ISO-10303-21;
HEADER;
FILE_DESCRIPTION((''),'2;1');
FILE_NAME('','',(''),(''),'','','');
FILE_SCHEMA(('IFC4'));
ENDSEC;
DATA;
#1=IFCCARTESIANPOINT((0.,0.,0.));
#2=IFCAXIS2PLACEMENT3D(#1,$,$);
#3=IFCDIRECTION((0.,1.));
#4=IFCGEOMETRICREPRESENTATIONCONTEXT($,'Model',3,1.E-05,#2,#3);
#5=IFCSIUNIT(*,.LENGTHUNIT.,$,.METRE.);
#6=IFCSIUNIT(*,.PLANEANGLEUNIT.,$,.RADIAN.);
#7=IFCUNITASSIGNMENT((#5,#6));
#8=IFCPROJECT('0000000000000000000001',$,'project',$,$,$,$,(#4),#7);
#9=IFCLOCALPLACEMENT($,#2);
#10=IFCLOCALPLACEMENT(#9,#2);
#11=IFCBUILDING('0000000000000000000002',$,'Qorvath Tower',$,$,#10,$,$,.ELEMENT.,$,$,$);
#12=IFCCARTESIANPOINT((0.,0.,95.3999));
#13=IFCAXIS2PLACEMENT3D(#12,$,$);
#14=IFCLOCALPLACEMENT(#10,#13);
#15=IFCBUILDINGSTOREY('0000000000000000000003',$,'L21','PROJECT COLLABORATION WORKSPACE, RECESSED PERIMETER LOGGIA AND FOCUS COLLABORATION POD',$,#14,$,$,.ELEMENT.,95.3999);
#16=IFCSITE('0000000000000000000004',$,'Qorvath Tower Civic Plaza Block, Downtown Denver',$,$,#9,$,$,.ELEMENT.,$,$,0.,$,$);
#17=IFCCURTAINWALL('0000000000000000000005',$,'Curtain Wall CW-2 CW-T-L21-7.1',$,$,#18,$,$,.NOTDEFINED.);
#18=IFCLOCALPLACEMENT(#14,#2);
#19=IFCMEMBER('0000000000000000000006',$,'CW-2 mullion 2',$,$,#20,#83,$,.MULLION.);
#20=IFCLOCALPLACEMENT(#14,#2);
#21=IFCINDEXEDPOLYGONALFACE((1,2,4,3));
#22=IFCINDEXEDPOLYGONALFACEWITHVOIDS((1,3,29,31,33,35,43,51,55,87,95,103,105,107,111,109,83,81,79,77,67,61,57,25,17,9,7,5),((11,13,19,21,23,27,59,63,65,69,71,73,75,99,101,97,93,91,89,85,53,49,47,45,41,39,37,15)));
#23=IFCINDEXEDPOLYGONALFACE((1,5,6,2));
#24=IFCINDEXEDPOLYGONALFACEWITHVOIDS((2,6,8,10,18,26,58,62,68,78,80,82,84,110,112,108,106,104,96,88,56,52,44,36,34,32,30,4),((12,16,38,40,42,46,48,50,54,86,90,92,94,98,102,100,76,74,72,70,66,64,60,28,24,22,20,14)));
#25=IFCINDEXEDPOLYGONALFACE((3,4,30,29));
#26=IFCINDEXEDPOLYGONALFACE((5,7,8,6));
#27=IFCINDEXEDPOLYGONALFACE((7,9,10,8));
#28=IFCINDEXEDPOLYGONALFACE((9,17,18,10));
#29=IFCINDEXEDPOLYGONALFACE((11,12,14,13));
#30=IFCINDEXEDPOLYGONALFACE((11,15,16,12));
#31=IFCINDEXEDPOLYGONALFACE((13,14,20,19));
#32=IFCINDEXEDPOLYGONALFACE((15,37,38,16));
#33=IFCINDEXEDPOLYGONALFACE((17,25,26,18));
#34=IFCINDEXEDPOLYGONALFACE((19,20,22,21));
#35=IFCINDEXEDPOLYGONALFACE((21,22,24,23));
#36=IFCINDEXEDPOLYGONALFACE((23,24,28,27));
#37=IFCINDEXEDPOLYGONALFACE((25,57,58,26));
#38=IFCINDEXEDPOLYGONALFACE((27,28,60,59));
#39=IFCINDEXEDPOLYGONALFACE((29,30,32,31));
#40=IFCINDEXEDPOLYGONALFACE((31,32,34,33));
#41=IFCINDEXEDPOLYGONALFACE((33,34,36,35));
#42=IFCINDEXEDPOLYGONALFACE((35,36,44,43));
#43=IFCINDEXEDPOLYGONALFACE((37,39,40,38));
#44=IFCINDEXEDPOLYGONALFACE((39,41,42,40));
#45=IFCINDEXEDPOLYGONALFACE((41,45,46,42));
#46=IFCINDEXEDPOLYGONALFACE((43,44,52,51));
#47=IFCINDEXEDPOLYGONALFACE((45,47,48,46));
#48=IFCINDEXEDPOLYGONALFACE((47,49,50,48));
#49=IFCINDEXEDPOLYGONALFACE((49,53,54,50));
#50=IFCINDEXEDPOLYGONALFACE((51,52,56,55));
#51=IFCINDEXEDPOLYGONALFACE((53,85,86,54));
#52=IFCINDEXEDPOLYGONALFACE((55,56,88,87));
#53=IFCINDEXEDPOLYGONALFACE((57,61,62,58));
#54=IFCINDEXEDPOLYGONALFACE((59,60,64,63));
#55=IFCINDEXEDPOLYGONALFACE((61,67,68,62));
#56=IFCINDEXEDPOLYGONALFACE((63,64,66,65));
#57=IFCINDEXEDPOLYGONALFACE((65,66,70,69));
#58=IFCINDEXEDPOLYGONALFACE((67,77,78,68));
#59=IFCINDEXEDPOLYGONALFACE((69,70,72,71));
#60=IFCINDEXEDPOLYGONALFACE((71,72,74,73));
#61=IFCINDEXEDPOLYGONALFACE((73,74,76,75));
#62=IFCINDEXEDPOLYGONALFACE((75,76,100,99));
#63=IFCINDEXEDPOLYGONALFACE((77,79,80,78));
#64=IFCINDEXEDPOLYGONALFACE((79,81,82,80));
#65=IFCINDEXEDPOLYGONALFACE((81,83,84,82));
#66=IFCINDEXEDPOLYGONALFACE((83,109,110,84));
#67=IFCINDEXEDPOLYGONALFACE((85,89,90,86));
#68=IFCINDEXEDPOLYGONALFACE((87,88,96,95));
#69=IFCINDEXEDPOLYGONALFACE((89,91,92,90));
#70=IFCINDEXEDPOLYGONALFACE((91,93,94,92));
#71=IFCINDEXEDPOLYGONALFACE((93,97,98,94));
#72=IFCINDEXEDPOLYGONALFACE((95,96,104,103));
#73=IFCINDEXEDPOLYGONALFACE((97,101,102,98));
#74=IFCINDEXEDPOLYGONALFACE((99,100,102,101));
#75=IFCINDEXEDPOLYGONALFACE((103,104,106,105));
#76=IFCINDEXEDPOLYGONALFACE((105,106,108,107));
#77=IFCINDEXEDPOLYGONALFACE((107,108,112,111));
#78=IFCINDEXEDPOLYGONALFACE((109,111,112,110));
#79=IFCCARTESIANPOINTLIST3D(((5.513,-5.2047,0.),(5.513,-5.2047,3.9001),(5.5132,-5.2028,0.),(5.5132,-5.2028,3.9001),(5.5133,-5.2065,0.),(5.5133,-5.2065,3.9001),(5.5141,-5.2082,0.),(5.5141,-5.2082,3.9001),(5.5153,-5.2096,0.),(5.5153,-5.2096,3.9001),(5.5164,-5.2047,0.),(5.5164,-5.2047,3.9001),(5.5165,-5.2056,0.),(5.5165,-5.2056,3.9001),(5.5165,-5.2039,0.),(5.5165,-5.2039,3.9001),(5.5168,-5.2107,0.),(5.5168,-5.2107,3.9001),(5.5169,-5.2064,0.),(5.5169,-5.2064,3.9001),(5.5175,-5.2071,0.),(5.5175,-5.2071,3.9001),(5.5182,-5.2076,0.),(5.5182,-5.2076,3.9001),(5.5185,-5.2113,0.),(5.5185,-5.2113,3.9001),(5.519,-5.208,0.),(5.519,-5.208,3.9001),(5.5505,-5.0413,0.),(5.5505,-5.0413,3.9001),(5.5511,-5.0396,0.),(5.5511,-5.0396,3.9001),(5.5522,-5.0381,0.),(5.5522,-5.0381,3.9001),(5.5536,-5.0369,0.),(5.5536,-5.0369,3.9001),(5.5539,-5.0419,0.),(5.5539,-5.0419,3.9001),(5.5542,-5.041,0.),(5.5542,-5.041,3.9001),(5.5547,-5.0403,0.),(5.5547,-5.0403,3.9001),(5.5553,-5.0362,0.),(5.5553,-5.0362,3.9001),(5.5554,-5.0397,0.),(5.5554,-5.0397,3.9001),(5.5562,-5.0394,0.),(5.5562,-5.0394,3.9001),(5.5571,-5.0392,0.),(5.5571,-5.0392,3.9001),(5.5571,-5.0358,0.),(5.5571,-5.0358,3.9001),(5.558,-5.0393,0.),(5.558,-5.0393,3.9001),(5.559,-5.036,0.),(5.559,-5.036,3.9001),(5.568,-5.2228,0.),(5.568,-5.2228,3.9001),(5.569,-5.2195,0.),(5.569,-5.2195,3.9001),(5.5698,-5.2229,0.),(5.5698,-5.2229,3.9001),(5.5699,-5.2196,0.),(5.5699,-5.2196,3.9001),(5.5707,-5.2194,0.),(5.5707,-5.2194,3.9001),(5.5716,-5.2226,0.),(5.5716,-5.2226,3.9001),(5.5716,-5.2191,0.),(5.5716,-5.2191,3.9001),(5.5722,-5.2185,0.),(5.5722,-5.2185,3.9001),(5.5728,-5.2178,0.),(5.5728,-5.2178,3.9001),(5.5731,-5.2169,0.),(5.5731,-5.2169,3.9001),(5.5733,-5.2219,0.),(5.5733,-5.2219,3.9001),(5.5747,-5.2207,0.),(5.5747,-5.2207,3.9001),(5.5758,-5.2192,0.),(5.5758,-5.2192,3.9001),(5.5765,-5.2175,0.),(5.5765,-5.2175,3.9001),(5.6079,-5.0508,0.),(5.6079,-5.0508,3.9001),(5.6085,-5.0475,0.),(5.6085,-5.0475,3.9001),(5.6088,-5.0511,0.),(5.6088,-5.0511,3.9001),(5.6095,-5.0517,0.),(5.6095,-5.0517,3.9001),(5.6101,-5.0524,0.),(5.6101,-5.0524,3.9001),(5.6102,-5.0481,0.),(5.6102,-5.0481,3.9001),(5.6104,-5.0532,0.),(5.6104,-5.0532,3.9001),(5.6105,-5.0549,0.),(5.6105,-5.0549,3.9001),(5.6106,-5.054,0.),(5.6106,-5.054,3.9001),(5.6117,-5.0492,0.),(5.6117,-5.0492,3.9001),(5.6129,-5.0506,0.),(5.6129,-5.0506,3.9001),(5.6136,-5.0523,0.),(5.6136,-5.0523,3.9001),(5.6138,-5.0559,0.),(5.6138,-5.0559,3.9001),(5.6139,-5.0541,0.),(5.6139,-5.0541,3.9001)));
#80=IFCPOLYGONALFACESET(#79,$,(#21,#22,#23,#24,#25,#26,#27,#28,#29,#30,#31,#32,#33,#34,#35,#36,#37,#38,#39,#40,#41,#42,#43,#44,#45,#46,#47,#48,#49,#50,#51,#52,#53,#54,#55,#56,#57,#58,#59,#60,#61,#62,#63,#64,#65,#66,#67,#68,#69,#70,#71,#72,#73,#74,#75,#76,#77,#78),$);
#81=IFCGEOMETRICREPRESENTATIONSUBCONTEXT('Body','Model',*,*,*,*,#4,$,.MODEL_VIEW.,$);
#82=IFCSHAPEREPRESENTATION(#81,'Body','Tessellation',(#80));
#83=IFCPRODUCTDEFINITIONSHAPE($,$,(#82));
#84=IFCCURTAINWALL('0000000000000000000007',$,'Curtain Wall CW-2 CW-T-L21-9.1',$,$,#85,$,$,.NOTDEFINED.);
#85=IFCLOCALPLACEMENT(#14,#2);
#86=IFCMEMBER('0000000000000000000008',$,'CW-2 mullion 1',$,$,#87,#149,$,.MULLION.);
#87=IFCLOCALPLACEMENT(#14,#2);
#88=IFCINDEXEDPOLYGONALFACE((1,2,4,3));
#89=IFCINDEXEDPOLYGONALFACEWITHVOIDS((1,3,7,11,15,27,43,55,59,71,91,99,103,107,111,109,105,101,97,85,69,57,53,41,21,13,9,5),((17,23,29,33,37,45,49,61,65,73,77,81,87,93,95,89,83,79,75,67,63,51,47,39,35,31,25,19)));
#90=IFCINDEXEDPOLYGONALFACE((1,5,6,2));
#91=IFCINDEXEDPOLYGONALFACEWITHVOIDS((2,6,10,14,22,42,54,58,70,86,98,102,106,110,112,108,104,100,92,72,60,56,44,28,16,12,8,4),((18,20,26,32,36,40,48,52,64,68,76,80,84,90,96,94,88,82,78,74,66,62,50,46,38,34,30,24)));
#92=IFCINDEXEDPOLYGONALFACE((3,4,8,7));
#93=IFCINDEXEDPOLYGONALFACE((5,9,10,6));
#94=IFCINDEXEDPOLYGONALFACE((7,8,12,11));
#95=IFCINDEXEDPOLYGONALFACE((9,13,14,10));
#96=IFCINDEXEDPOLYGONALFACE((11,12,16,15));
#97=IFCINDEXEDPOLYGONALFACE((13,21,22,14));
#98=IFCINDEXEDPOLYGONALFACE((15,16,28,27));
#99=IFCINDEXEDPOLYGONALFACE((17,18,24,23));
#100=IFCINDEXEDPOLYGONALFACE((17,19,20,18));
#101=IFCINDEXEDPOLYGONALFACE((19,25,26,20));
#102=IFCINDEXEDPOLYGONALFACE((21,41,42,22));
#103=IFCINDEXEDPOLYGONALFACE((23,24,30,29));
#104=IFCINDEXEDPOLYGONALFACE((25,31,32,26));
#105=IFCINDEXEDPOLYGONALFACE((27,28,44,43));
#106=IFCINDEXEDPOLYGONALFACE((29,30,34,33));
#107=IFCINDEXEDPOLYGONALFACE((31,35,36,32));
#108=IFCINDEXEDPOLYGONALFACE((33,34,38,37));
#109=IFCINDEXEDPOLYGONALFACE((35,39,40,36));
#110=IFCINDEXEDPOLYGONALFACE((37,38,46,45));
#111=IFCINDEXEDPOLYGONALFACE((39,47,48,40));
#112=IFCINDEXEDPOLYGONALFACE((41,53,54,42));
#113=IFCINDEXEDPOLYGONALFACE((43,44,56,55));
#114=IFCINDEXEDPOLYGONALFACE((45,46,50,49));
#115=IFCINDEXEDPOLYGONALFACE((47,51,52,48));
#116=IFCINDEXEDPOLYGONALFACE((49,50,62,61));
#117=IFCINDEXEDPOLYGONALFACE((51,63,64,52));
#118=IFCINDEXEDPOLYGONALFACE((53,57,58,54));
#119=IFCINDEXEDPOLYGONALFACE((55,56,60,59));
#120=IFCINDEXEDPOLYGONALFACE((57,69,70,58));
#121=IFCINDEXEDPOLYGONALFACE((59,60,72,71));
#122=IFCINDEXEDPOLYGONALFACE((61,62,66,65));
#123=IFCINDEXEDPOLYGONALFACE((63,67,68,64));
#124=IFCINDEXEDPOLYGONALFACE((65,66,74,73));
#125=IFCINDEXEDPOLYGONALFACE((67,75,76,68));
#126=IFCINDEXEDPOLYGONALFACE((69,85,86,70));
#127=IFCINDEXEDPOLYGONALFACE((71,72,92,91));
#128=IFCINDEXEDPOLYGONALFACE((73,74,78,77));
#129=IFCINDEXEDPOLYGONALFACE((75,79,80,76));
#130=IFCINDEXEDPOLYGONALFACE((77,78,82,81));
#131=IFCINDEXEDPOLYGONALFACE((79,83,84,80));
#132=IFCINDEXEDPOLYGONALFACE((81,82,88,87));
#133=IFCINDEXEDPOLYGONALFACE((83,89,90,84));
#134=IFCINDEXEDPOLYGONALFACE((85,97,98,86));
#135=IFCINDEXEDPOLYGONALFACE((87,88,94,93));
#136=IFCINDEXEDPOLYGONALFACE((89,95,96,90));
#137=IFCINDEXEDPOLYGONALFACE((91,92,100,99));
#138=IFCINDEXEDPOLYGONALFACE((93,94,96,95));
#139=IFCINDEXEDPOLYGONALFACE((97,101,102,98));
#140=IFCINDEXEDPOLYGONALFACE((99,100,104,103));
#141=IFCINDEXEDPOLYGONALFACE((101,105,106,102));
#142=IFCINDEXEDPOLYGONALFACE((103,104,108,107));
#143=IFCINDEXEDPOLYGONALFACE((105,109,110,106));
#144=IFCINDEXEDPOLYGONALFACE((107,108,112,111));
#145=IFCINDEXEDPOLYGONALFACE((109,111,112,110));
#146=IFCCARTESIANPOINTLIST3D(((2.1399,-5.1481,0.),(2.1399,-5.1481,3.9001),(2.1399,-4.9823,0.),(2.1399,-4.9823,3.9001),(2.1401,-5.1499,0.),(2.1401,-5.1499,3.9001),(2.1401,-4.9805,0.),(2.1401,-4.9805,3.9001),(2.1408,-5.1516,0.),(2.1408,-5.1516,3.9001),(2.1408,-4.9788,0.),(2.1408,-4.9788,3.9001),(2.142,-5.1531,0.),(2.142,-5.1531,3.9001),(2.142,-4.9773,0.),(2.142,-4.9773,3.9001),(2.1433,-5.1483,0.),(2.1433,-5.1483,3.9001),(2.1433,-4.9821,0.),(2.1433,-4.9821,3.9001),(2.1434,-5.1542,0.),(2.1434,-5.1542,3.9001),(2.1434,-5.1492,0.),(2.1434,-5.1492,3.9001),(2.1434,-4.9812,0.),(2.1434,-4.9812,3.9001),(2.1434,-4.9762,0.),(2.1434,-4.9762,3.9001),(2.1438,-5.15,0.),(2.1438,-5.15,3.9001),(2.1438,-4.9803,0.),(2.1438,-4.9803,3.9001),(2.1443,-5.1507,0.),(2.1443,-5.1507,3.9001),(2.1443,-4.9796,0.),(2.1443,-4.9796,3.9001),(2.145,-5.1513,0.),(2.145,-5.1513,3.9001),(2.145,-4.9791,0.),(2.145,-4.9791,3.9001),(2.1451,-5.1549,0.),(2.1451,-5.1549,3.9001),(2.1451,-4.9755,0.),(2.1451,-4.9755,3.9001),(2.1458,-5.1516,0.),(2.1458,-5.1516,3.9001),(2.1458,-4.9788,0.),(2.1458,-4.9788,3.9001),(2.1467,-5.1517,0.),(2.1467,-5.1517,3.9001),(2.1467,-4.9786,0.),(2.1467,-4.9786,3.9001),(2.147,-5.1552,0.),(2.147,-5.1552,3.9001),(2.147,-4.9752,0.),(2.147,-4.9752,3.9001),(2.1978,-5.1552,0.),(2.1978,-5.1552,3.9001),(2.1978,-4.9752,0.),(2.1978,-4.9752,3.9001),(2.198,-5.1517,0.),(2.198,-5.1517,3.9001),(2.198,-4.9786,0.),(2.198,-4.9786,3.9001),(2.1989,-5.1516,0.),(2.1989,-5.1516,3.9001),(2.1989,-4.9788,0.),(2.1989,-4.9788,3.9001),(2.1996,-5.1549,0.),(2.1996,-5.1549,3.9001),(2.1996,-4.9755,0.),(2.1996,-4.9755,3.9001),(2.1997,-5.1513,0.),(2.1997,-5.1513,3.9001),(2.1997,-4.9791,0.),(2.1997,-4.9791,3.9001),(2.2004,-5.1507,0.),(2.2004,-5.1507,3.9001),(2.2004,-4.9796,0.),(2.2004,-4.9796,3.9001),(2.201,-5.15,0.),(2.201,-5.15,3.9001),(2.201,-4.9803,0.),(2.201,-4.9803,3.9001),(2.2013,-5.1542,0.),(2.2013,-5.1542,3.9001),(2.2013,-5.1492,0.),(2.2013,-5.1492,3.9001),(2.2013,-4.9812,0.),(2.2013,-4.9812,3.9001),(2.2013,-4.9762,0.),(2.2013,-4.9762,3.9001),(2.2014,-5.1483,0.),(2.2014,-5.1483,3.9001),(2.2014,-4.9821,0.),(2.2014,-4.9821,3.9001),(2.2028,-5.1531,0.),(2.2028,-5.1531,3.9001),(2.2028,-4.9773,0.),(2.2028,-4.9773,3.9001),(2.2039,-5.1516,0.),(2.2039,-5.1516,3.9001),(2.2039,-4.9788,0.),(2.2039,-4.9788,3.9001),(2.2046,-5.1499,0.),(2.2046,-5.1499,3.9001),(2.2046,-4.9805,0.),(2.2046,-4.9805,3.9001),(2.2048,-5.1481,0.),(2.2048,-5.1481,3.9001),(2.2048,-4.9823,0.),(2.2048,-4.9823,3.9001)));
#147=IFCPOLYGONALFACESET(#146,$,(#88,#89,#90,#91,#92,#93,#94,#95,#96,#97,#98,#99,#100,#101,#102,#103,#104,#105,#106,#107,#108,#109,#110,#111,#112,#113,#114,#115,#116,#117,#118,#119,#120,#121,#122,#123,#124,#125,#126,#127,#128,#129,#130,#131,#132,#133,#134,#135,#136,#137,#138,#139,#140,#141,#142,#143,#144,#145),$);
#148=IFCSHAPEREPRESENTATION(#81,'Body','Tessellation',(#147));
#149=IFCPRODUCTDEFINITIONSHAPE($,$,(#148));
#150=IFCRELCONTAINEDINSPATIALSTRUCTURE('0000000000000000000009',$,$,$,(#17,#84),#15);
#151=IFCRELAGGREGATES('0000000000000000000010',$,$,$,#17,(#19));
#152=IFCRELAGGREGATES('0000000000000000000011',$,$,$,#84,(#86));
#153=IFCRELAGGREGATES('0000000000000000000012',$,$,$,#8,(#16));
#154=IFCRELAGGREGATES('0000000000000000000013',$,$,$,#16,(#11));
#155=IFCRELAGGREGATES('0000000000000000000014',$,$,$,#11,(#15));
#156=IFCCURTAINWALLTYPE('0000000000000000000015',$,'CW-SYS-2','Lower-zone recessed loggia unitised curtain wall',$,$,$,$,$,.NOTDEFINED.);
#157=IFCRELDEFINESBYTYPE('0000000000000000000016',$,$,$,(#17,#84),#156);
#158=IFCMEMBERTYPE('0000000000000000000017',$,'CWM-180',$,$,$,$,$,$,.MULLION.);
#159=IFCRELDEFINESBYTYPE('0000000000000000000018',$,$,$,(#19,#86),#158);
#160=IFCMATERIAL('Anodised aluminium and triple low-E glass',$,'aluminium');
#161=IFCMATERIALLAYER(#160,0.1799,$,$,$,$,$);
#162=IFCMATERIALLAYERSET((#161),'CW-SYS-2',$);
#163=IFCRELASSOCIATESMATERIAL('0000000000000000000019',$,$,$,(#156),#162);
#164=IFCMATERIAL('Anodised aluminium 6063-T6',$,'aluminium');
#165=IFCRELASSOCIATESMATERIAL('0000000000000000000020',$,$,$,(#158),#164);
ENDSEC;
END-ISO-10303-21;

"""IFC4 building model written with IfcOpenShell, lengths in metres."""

from ifc_helpers import new_model, si_unit, direction, frame, origin, origin_2d, place, context, subcontext, project, spatial, hollow_rectangle, extrude, material, layer, layer_set, material_profile, profile_set, type_object, element, aggregate, save


model = new_model("IFC4")

# Units and contexts
model_context = context("Model", 3, precision=1e-05, world=origin(), true_north=direction((0.0, 1.0)))
body_context = subcontext(model_context, "Body", "Model", "MODEL_VIEW")
ifc_project = project(units=[si_unit("LENGTHUNIT", "METRE"), si_unit("PLANEANGLEUNIT", "RADIAN")], contexts=[model_context])

# Site, building, storey
site_placement = place(None, origin())
site = spatial("IfcSite", under=ifc_project, at=site_placement, Name="Qorvath Tower Civic Plaza Block, Downtown Denver", CompositionType="ELEMENT", RefElevation=0.0)
building_placement = place(site_placement, origin())
building = spatial("IfcBuilding", under=site, at=building_placement, Name="Qorvath Tower", CompositionType="ELEMENT")
storey_placement = place(building_placement, frame((0.0, 0.0, 95.3999)))
storey = spatial("IfcBuildingStorey", under=building, at=storey_placement, Name="L21", Description="PROJECT COLLABORATION WORKSPACE, RECESSED PERIMETER LOGGIA AND FOCUS COLLABORATION POD", CompositionType="ELEMENT", Elevation=95.3999)

# Curtain wall, member
ifc_material_1 = material(Name="Anodised aluminium and triple low-E glass", Category="aluminium")
ifc_layer_1 = layer(ifc_material_1, 0.1799)
ifc_layer_set_1 = layer_set([ifc_layer_1], Name="CW-SYS-2")
curtain_wall_type = type_object("IfcCurtainWallType", Name="CW-SYS-2", Description="Lower-zone recessed loggia unitised curtain wall", PredefinedType="NOTDEFINED", material=ifc_layer_set_1)
curtain_wall_1_placement = place(storey_placement, origin())
curtain_wall_1 = element("IfcCurtainWall", 1, at=curtain_wall_1_placement, inside=storey, type_object=curtain_wall_type, Name="Curtain Wall CW-2 CW-T-L21-7.1", PredefinedType="NOTDEFINED")
ifc_material_2 = material(Name="Anodised aluminium 6063-T6", Category="aluminium")
ifc_material_profile_1 = material_profile(ifc_material_2, hollow_rectangle(XDim=0.0649, YDim=0.1799, WallThickness=0.0034, InnerFilletRadius=0.0034, OuterFilletRadius=0.0071, at=origin_2d()), Name="CWM 180x65")
ifc_profile_set_1 = profile_set([ifc_material_profile_1], Name="Anodised aluminium 6063-T6")
member_type_1 = type_object("IfcMemberType", Name="CWM-180", PredefinedType="MULLION", material=ifc_profile_set_1)
member_1_placement = place(storey_placement, frame((5.5635, -5.1294, 0.0), z_axis=(0.0, 0.0, 1.0), x_axis=(-0.974351, 0.225034, 0.0)))
member_1 = element("IfcMember", 2, at=member_1_placement, type_object=member_type_1, Name="CW-2 mullion 2", PredefinedType="MULLION", context=body_context, shape_type="SweptSolid", body=[
    extrude(hollow_rectangle(XDim=0.0649, YDim=0.1799, WallThickness=0.0034, InnerFilletRadius=0.0034, OuterFilletRadius=0.0071, at=origin_2d()), origin(), (0.0, 0.0, 1.0), 3.9001),
])
aggregate(curtain_wall_1, [member_1])

# Curtain wall, member
curtain_wall_2_placement = place(storey_placement, origin())
curtain_wall_2 = element("IfcCurtainWall", 3, at=curtain_wall_2_placement, inside=storey, type_object=curtain_wall_type, Name="Curtain Wall CW-2 CW-T-L21-9.1", PredefinedType="NOTDEFINED")
member_2_placement = place(storey_placement, frame((2.1724, -5.0652, 0.0), z_axis=(0.0, 0.0, 1.0), x_axis=(-1.0, 0.0, 0.0)))
member_2 = element("IfcMember", 4, at=member_2_placement, type_object=member_type_1, Name="CW-2 mullion 1", PredefinedType="MULLION", context=body_context, shape_type="SweptSolid", body=[
    extrude(hollow_rectangle(XDim=0.0649, YDim=0.1799, WallThickness=0.0034, InnerFilletRadius=0.0034, OuterFilletRadius=0.0071, at=origin_2d()), origin(), (0.0, 0.0, 1.0), 3.9001),
])
aggregate(curtain_wall_2, [member_2])

save(model, "model.ifc")
